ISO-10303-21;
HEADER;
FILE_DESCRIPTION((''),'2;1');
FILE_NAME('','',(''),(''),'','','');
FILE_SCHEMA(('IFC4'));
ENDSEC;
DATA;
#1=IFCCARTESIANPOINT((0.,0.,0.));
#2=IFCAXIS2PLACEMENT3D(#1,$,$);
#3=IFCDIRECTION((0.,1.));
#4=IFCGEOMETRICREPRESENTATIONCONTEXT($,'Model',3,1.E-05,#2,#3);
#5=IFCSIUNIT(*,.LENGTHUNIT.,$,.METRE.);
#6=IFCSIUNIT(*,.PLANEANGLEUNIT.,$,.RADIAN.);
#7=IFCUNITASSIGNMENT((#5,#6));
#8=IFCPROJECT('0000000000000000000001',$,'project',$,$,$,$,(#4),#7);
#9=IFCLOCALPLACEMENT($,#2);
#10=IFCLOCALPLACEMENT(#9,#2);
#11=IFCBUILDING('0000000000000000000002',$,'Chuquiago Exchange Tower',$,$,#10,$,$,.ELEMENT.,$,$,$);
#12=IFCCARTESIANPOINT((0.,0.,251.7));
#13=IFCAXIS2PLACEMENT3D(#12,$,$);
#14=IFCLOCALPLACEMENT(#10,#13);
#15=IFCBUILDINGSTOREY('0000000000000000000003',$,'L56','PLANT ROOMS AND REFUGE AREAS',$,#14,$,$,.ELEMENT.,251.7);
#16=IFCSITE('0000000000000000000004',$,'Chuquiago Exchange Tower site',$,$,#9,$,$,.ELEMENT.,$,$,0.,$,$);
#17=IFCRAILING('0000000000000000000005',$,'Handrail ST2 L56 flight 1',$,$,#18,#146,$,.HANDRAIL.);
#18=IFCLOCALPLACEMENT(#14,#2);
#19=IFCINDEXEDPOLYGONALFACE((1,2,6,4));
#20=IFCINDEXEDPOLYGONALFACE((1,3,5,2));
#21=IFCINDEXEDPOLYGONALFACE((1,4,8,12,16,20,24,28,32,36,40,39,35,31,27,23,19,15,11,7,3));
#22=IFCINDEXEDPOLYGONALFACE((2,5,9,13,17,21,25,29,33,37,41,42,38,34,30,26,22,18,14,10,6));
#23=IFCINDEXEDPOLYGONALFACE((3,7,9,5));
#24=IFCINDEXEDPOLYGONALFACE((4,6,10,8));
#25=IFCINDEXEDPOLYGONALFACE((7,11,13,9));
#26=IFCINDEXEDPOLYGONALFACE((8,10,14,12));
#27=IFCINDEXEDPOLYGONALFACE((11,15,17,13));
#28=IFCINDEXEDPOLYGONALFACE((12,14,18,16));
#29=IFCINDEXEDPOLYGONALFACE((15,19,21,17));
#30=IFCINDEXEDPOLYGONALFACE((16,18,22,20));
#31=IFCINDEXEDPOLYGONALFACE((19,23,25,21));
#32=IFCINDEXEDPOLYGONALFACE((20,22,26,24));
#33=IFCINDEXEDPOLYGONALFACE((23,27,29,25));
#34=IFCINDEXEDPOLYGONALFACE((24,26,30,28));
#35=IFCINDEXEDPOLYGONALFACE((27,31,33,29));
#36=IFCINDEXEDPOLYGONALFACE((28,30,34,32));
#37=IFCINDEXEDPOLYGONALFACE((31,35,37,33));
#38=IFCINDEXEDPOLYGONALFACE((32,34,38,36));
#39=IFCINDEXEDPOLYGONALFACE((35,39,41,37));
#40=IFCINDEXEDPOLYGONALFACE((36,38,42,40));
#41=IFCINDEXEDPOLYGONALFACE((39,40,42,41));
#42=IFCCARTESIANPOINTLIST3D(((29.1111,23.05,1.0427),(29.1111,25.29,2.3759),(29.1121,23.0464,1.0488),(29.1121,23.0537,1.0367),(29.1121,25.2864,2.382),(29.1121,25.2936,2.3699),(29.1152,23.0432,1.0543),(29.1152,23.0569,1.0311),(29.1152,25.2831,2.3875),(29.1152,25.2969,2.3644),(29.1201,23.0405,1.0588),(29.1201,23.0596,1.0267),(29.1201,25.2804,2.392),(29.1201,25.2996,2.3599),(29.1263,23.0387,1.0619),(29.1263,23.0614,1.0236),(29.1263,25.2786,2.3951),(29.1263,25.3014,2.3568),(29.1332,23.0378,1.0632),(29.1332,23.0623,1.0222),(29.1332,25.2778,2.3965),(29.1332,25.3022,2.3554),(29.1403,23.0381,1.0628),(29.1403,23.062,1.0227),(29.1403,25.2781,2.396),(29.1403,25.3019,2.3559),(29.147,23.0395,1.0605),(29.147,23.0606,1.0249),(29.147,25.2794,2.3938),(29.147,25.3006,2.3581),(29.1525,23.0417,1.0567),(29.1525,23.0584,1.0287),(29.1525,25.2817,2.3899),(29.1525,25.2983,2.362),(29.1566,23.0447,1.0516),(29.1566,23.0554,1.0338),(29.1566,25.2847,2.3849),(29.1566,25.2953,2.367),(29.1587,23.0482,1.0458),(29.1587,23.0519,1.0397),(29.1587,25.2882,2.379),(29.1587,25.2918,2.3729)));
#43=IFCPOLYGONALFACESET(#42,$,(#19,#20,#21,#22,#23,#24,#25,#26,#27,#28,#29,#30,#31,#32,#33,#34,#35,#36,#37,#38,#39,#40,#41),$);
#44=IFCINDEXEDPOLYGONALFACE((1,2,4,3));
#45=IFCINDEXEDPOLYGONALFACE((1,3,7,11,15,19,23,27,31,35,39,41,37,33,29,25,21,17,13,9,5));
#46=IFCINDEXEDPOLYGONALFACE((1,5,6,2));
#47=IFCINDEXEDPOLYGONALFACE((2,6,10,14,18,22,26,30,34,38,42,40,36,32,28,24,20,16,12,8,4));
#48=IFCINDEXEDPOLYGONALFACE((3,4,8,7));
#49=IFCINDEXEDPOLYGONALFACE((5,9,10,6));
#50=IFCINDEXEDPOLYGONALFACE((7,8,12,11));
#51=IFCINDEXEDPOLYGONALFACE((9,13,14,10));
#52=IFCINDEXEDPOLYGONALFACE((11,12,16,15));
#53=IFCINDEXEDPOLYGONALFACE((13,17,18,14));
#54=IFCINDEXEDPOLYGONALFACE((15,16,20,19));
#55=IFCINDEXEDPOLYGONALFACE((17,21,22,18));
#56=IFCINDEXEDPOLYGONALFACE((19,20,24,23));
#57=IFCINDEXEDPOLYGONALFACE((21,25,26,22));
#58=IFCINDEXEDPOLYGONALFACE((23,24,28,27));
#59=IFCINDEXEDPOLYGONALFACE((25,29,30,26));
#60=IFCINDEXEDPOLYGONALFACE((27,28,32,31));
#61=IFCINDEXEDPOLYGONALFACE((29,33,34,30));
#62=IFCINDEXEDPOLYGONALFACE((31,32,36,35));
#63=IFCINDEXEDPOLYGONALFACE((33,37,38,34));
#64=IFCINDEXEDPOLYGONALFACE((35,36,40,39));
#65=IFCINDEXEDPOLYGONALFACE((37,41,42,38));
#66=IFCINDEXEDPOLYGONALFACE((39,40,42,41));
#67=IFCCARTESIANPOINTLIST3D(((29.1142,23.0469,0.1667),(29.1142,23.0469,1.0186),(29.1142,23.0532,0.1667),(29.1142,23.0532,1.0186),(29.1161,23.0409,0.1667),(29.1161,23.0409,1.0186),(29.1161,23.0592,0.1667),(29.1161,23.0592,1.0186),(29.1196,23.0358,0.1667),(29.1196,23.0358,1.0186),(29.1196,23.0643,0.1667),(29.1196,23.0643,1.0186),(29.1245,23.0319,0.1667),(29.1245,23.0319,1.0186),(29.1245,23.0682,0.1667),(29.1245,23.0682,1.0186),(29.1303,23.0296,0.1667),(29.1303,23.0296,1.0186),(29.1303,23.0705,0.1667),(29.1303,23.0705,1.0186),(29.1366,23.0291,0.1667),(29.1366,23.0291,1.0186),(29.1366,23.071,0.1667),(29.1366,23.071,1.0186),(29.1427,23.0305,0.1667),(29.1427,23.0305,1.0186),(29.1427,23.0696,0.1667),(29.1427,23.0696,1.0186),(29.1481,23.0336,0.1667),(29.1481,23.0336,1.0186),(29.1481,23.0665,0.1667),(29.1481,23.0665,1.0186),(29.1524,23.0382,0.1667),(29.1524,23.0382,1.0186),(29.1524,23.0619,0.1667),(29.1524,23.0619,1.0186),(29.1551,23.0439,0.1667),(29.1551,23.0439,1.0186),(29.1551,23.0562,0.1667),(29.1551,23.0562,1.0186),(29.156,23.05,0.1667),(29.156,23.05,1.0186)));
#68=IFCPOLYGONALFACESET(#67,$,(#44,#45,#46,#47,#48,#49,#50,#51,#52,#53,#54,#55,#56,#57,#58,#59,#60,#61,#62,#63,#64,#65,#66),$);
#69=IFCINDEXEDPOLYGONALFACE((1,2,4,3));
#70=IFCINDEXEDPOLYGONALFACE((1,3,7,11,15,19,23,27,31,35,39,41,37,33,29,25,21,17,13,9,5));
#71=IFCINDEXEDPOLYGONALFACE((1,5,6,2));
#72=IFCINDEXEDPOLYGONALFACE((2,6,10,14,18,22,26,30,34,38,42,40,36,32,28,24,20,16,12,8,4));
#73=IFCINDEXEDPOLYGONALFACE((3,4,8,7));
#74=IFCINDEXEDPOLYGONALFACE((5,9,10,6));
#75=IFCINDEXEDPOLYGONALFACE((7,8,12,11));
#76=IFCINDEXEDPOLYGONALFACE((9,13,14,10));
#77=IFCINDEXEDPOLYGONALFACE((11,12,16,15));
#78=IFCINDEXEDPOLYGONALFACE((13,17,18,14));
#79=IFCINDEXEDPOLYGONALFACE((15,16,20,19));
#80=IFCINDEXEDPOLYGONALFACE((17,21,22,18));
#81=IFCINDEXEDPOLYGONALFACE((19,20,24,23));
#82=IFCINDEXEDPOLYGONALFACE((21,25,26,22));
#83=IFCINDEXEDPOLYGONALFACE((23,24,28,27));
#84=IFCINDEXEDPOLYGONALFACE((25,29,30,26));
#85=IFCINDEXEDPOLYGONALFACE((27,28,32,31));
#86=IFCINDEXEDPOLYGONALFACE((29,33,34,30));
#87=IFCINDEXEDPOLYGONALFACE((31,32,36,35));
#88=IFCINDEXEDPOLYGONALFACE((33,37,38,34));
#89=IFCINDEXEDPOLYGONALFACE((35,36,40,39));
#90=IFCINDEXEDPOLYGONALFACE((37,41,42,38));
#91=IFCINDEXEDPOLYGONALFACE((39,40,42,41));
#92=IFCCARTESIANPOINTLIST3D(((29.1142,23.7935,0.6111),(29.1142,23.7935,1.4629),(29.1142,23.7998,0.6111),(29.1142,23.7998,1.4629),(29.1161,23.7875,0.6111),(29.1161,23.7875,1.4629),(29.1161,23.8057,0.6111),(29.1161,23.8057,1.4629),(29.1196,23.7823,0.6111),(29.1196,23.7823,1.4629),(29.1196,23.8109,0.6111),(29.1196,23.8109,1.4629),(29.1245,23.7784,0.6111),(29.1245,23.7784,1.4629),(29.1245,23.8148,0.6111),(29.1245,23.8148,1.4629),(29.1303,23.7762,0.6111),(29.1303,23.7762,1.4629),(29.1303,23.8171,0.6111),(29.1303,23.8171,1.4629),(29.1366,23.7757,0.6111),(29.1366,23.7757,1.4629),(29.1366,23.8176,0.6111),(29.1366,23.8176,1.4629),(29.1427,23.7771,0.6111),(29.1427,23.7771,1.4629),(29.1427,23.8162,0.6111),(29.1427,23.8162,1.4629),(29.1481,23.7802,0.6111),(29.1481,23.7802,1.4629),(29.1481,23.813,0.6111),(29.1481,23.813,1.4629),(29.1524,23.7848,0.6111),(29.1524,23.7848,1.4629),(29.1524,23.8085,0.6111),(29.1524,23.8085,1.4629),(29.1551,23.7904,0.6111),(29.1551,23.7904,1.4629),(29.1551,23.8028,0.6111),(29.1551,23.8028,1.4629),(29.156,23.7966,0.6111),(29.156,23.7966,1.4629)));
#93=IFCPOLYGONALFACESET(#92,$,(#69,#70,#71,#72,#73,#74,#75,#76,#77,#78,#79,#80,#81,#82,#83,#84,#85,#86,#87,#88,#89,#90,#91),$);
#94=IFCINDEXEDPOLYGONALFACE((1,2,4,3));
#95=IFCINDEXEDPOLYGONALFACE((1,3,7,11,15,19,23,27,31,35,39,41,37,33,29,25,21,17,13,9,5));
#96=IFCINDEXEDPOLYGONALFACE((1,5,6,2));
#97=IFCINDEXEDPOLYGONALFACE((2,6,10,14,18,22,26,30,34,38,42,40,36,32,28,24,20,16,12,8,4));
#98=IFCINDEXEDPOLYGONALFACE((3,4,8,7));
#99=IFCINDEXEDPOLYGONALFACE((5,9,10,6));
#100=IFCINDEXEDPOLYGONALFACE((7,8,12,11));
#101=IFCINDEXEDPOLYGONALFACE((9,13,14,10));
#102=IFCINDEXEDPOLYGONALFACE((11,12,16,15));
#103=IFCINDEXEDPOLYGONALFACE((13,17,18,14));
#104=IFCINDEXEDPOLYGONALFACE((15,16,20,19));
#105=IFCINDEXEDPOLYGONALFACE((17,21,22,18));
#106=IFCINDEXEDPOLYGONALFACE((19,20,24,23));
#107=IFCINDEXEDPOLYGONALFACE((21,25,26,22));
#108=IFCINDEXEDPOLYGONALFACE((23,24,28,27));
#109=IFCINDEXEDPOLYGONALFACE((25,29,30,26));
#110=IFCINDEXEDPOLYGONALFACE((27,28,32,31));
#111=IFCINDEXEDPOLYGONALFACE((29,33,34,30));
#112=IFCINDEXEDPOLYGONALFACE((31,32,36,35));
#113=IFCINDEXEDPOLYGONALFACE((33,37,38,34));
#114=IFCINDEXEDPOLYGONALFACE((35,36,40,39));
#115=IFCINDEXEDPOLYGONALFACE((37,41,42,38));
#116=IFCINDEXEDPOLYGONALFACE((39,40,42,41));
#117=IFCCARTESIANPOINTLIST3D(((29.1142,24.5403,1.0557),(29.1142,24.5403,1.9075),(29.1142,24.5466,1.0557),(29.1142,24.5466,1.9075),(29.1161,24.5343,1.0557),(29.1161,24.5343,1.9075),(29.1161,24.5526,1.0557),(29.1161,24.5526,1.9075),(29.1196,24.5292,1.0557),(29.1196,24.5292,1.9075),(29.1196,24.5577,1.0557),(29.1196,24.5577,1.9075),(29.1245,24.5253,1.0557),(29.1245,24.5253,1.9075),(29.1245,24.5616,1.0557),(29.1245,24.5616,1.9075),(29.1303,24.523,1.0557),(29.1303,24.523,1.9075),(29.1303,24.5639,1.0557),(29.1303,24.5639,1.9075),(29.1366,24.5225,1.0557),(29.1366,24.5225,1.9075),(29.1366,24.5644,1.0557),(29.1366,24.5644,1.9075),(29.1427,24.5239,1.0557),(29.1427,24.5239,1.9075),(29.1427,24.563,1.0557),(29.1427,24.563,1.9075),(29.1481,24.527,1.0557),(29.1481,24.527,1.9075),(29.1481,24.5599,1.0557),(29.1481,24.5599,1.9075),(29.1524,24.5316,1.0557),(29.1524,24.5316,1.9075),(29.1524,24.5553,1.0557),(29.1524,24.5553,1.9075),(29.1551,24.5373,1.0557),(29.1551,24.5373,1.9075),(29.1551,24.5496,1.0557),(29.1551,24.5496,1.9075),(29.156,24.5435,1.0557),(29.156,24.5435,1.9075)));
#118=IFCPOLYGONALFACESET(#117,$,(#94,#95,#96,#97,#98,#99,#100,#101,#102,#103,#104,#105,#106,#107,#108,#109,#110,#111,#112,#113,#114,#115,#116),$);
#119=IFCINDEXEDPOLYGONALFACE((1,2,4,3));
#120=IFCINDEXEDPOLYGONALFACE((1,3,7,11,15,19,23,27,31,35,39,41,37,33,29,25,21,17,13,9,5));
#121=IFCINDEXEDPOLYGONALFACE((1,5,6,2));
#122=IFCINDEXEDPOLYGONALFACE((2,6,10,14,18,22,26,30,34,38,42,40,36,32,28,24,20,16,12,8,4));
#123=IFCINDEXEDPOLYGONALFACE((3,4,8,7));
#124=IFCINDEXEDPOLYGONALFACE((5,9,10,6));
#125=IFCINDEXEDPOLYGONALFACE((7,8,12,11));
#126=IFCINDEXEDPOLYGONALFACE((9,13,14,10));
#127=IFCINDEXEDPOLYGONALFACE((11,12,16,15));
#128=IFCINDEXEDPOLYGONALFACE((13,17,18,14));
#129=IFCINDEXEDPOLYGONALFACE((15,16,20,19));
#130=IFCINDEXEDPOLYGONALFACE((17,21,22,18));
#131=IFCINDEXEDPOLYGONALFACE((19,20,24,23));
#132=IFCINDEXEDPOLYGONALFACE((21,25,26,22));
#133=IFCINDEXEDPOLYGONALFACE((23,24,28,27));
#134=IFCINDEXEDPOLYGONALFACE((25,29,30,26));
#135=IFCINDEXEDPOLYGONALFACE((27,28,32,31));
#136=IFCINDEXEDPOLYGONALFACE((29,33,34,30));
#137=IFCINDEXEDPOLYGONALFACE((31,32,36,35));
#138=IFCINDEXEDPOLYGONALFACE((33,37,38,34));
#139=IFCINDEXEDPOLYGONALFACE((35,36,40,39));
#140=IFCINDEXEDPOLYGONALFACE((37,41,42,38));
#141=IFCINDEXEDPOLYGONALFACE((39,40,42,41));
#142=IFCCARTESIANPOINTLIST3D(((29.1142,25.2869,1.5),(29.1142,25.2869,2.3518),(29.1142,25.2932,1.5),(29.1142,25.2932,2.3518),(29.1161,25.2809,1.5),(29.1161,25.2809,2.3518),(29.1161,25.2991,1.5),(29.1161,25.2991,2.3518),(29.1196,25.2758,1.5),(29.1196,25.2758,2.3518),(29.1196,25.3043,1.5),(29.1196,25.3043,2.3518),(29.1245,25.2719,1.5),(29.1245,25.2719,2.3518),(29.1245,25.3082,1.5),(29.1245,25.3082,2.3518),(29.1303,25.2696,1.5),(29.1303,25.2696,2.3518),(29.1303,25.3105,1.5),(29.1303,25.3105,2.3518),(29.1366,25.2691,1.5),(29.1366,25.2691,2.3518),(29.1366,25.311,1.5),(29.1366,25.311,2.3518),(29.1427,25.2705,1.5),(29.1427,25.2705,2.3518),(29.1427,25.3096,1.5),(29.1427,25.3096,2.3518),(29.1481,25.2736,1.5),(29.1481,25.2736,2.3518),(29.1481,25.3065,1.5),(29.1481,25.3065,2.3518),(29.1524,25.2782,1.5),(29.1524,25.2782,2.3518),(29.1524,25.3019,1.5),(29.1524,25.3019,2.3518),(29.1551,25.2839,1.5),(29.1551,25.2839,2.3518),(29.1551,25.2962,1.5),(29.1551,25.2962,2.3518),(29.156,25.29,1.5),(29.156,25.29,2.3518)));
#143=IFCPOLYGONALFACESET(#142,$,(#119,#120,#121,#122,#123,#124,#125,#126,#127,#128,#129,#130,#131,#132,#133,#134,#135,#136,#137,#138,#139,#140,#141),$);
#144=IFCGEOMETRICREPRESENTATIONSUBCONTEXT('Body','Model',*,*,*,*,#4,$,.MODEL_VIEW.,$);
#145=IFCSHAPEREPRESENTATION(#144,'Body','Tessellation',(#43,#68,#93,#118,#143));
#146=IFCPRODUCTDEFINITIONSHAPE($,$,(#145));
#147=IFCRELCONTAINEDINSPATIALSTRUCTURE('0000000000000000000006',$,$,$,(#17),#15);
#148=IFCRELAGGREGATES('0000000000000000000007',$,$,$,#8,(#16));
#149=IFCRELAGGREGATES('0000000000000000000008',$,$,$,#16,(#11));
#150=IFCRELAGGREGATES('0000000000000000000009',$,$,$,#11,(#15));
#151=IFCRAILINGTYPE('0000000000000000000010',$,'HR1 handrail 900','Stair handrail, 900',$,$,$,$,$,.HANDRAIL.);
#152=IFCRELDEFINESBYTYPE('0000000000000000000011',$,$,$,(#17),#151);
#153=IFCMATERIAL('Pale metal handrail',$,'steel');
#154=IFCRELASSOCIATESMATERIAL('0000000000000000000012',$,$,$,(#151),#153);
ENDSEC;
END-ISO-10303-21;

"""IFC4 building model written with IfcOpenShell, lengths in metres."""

from ifc_helpers import new_model, si_unit, direction, frame, origin, origin_2d, place, context, subcontext, project, spatial, circle, extrude, material, type_object, element, save


model = new_model("IFC4")

# Units and contexts
model_context = context("Model", 3, precision=1e-05, world=origin(), true_north=direction((0.0, 1.0)))
body_context = subcontext(model_context, "Body", "Model", "MODEL_VIEW")
ifc_project = project(units=[si_unit("LENGTHUNIT", "METRE"), si_unit("PLANEANGLEUNIT", "RADIAN")], contexts=[model_context])

# Site, building, storey
site_placement = place(None, origin())
site = spatial("IfcSite", under=ifc_project, at=site_placement, Name="Chuquiago Exchange Tower site", CompositionType="ELEMENT", RefElevation=0.0)
building_placement = place(site_placement, origin())
building = spatial("IfcBuilding", under=site, at=building_placement, Name="Chuquiago Exchange Tower", CompositionType="ELEMENT")
storey_placement = place(building_placement, frame((0.0, 0.0, 251.7)))
storey = spatial("IfcBuildingStorey", under=building, at=storey_placement, Name="L56", Description="PLANT ROOMS AND REFUGE AREAS", CompositionType="ELEMENT", Elevation=251.7)

# Railing
ifc_material_1 = material(Name="Pale metal handrail", Category="steel")
railing_type = type_object("IfcRailingType", Name="HR1 handrail 900", Description="Stair handrail, 900", PredefinedType="HANDRAIL", material=ifc_material_1)
for number, where, name in (
    (1, (29.135, 23.05, 0.1667), "Handrail ST2 L56 flight 1"),
):
    element("IfcRailing", number, at=place(storey_placement, frame(where)), inside=storey, type_object=railing_type, Name=name, PredefinedType="HANDRAIL", context=body_context, shape_type="SweptSolid", body=[
        extrude(circle(Radius=0.0239, at=origin_2d()), frame((0.0, 0.0, 0.876), z_axis=(0.0, 0.859306, 0.511462), x_axis=(-1.0, 0.0, 0.0)), (0.0, 0.0, 1.0), 2.6067),
        extrude(circle(Radius=0.021, at=origin_2d()), origin(), (0.0, 0.0, 1.0), 0.8518),
        extrude(circle(Radius=0.021, at=origin_2d()), frame((0.0, 0.7466, 0.4443)), (0.0, 0.0, 1.0), 0.8518),
        extrude(circle(Radius=0.021, at=origin_2d()), frame((0.0, 1.4934, 0.8889)), (0.0, 0.0, 1.0), 0.8518),
        extrude(circle(Radius=0.021, at=origin_2d()), frame((0.0, 2.24, 1.3333)), (0.0, 0.0, 1.0), 0.8518),
    ])

save(model, "model.ifc")
